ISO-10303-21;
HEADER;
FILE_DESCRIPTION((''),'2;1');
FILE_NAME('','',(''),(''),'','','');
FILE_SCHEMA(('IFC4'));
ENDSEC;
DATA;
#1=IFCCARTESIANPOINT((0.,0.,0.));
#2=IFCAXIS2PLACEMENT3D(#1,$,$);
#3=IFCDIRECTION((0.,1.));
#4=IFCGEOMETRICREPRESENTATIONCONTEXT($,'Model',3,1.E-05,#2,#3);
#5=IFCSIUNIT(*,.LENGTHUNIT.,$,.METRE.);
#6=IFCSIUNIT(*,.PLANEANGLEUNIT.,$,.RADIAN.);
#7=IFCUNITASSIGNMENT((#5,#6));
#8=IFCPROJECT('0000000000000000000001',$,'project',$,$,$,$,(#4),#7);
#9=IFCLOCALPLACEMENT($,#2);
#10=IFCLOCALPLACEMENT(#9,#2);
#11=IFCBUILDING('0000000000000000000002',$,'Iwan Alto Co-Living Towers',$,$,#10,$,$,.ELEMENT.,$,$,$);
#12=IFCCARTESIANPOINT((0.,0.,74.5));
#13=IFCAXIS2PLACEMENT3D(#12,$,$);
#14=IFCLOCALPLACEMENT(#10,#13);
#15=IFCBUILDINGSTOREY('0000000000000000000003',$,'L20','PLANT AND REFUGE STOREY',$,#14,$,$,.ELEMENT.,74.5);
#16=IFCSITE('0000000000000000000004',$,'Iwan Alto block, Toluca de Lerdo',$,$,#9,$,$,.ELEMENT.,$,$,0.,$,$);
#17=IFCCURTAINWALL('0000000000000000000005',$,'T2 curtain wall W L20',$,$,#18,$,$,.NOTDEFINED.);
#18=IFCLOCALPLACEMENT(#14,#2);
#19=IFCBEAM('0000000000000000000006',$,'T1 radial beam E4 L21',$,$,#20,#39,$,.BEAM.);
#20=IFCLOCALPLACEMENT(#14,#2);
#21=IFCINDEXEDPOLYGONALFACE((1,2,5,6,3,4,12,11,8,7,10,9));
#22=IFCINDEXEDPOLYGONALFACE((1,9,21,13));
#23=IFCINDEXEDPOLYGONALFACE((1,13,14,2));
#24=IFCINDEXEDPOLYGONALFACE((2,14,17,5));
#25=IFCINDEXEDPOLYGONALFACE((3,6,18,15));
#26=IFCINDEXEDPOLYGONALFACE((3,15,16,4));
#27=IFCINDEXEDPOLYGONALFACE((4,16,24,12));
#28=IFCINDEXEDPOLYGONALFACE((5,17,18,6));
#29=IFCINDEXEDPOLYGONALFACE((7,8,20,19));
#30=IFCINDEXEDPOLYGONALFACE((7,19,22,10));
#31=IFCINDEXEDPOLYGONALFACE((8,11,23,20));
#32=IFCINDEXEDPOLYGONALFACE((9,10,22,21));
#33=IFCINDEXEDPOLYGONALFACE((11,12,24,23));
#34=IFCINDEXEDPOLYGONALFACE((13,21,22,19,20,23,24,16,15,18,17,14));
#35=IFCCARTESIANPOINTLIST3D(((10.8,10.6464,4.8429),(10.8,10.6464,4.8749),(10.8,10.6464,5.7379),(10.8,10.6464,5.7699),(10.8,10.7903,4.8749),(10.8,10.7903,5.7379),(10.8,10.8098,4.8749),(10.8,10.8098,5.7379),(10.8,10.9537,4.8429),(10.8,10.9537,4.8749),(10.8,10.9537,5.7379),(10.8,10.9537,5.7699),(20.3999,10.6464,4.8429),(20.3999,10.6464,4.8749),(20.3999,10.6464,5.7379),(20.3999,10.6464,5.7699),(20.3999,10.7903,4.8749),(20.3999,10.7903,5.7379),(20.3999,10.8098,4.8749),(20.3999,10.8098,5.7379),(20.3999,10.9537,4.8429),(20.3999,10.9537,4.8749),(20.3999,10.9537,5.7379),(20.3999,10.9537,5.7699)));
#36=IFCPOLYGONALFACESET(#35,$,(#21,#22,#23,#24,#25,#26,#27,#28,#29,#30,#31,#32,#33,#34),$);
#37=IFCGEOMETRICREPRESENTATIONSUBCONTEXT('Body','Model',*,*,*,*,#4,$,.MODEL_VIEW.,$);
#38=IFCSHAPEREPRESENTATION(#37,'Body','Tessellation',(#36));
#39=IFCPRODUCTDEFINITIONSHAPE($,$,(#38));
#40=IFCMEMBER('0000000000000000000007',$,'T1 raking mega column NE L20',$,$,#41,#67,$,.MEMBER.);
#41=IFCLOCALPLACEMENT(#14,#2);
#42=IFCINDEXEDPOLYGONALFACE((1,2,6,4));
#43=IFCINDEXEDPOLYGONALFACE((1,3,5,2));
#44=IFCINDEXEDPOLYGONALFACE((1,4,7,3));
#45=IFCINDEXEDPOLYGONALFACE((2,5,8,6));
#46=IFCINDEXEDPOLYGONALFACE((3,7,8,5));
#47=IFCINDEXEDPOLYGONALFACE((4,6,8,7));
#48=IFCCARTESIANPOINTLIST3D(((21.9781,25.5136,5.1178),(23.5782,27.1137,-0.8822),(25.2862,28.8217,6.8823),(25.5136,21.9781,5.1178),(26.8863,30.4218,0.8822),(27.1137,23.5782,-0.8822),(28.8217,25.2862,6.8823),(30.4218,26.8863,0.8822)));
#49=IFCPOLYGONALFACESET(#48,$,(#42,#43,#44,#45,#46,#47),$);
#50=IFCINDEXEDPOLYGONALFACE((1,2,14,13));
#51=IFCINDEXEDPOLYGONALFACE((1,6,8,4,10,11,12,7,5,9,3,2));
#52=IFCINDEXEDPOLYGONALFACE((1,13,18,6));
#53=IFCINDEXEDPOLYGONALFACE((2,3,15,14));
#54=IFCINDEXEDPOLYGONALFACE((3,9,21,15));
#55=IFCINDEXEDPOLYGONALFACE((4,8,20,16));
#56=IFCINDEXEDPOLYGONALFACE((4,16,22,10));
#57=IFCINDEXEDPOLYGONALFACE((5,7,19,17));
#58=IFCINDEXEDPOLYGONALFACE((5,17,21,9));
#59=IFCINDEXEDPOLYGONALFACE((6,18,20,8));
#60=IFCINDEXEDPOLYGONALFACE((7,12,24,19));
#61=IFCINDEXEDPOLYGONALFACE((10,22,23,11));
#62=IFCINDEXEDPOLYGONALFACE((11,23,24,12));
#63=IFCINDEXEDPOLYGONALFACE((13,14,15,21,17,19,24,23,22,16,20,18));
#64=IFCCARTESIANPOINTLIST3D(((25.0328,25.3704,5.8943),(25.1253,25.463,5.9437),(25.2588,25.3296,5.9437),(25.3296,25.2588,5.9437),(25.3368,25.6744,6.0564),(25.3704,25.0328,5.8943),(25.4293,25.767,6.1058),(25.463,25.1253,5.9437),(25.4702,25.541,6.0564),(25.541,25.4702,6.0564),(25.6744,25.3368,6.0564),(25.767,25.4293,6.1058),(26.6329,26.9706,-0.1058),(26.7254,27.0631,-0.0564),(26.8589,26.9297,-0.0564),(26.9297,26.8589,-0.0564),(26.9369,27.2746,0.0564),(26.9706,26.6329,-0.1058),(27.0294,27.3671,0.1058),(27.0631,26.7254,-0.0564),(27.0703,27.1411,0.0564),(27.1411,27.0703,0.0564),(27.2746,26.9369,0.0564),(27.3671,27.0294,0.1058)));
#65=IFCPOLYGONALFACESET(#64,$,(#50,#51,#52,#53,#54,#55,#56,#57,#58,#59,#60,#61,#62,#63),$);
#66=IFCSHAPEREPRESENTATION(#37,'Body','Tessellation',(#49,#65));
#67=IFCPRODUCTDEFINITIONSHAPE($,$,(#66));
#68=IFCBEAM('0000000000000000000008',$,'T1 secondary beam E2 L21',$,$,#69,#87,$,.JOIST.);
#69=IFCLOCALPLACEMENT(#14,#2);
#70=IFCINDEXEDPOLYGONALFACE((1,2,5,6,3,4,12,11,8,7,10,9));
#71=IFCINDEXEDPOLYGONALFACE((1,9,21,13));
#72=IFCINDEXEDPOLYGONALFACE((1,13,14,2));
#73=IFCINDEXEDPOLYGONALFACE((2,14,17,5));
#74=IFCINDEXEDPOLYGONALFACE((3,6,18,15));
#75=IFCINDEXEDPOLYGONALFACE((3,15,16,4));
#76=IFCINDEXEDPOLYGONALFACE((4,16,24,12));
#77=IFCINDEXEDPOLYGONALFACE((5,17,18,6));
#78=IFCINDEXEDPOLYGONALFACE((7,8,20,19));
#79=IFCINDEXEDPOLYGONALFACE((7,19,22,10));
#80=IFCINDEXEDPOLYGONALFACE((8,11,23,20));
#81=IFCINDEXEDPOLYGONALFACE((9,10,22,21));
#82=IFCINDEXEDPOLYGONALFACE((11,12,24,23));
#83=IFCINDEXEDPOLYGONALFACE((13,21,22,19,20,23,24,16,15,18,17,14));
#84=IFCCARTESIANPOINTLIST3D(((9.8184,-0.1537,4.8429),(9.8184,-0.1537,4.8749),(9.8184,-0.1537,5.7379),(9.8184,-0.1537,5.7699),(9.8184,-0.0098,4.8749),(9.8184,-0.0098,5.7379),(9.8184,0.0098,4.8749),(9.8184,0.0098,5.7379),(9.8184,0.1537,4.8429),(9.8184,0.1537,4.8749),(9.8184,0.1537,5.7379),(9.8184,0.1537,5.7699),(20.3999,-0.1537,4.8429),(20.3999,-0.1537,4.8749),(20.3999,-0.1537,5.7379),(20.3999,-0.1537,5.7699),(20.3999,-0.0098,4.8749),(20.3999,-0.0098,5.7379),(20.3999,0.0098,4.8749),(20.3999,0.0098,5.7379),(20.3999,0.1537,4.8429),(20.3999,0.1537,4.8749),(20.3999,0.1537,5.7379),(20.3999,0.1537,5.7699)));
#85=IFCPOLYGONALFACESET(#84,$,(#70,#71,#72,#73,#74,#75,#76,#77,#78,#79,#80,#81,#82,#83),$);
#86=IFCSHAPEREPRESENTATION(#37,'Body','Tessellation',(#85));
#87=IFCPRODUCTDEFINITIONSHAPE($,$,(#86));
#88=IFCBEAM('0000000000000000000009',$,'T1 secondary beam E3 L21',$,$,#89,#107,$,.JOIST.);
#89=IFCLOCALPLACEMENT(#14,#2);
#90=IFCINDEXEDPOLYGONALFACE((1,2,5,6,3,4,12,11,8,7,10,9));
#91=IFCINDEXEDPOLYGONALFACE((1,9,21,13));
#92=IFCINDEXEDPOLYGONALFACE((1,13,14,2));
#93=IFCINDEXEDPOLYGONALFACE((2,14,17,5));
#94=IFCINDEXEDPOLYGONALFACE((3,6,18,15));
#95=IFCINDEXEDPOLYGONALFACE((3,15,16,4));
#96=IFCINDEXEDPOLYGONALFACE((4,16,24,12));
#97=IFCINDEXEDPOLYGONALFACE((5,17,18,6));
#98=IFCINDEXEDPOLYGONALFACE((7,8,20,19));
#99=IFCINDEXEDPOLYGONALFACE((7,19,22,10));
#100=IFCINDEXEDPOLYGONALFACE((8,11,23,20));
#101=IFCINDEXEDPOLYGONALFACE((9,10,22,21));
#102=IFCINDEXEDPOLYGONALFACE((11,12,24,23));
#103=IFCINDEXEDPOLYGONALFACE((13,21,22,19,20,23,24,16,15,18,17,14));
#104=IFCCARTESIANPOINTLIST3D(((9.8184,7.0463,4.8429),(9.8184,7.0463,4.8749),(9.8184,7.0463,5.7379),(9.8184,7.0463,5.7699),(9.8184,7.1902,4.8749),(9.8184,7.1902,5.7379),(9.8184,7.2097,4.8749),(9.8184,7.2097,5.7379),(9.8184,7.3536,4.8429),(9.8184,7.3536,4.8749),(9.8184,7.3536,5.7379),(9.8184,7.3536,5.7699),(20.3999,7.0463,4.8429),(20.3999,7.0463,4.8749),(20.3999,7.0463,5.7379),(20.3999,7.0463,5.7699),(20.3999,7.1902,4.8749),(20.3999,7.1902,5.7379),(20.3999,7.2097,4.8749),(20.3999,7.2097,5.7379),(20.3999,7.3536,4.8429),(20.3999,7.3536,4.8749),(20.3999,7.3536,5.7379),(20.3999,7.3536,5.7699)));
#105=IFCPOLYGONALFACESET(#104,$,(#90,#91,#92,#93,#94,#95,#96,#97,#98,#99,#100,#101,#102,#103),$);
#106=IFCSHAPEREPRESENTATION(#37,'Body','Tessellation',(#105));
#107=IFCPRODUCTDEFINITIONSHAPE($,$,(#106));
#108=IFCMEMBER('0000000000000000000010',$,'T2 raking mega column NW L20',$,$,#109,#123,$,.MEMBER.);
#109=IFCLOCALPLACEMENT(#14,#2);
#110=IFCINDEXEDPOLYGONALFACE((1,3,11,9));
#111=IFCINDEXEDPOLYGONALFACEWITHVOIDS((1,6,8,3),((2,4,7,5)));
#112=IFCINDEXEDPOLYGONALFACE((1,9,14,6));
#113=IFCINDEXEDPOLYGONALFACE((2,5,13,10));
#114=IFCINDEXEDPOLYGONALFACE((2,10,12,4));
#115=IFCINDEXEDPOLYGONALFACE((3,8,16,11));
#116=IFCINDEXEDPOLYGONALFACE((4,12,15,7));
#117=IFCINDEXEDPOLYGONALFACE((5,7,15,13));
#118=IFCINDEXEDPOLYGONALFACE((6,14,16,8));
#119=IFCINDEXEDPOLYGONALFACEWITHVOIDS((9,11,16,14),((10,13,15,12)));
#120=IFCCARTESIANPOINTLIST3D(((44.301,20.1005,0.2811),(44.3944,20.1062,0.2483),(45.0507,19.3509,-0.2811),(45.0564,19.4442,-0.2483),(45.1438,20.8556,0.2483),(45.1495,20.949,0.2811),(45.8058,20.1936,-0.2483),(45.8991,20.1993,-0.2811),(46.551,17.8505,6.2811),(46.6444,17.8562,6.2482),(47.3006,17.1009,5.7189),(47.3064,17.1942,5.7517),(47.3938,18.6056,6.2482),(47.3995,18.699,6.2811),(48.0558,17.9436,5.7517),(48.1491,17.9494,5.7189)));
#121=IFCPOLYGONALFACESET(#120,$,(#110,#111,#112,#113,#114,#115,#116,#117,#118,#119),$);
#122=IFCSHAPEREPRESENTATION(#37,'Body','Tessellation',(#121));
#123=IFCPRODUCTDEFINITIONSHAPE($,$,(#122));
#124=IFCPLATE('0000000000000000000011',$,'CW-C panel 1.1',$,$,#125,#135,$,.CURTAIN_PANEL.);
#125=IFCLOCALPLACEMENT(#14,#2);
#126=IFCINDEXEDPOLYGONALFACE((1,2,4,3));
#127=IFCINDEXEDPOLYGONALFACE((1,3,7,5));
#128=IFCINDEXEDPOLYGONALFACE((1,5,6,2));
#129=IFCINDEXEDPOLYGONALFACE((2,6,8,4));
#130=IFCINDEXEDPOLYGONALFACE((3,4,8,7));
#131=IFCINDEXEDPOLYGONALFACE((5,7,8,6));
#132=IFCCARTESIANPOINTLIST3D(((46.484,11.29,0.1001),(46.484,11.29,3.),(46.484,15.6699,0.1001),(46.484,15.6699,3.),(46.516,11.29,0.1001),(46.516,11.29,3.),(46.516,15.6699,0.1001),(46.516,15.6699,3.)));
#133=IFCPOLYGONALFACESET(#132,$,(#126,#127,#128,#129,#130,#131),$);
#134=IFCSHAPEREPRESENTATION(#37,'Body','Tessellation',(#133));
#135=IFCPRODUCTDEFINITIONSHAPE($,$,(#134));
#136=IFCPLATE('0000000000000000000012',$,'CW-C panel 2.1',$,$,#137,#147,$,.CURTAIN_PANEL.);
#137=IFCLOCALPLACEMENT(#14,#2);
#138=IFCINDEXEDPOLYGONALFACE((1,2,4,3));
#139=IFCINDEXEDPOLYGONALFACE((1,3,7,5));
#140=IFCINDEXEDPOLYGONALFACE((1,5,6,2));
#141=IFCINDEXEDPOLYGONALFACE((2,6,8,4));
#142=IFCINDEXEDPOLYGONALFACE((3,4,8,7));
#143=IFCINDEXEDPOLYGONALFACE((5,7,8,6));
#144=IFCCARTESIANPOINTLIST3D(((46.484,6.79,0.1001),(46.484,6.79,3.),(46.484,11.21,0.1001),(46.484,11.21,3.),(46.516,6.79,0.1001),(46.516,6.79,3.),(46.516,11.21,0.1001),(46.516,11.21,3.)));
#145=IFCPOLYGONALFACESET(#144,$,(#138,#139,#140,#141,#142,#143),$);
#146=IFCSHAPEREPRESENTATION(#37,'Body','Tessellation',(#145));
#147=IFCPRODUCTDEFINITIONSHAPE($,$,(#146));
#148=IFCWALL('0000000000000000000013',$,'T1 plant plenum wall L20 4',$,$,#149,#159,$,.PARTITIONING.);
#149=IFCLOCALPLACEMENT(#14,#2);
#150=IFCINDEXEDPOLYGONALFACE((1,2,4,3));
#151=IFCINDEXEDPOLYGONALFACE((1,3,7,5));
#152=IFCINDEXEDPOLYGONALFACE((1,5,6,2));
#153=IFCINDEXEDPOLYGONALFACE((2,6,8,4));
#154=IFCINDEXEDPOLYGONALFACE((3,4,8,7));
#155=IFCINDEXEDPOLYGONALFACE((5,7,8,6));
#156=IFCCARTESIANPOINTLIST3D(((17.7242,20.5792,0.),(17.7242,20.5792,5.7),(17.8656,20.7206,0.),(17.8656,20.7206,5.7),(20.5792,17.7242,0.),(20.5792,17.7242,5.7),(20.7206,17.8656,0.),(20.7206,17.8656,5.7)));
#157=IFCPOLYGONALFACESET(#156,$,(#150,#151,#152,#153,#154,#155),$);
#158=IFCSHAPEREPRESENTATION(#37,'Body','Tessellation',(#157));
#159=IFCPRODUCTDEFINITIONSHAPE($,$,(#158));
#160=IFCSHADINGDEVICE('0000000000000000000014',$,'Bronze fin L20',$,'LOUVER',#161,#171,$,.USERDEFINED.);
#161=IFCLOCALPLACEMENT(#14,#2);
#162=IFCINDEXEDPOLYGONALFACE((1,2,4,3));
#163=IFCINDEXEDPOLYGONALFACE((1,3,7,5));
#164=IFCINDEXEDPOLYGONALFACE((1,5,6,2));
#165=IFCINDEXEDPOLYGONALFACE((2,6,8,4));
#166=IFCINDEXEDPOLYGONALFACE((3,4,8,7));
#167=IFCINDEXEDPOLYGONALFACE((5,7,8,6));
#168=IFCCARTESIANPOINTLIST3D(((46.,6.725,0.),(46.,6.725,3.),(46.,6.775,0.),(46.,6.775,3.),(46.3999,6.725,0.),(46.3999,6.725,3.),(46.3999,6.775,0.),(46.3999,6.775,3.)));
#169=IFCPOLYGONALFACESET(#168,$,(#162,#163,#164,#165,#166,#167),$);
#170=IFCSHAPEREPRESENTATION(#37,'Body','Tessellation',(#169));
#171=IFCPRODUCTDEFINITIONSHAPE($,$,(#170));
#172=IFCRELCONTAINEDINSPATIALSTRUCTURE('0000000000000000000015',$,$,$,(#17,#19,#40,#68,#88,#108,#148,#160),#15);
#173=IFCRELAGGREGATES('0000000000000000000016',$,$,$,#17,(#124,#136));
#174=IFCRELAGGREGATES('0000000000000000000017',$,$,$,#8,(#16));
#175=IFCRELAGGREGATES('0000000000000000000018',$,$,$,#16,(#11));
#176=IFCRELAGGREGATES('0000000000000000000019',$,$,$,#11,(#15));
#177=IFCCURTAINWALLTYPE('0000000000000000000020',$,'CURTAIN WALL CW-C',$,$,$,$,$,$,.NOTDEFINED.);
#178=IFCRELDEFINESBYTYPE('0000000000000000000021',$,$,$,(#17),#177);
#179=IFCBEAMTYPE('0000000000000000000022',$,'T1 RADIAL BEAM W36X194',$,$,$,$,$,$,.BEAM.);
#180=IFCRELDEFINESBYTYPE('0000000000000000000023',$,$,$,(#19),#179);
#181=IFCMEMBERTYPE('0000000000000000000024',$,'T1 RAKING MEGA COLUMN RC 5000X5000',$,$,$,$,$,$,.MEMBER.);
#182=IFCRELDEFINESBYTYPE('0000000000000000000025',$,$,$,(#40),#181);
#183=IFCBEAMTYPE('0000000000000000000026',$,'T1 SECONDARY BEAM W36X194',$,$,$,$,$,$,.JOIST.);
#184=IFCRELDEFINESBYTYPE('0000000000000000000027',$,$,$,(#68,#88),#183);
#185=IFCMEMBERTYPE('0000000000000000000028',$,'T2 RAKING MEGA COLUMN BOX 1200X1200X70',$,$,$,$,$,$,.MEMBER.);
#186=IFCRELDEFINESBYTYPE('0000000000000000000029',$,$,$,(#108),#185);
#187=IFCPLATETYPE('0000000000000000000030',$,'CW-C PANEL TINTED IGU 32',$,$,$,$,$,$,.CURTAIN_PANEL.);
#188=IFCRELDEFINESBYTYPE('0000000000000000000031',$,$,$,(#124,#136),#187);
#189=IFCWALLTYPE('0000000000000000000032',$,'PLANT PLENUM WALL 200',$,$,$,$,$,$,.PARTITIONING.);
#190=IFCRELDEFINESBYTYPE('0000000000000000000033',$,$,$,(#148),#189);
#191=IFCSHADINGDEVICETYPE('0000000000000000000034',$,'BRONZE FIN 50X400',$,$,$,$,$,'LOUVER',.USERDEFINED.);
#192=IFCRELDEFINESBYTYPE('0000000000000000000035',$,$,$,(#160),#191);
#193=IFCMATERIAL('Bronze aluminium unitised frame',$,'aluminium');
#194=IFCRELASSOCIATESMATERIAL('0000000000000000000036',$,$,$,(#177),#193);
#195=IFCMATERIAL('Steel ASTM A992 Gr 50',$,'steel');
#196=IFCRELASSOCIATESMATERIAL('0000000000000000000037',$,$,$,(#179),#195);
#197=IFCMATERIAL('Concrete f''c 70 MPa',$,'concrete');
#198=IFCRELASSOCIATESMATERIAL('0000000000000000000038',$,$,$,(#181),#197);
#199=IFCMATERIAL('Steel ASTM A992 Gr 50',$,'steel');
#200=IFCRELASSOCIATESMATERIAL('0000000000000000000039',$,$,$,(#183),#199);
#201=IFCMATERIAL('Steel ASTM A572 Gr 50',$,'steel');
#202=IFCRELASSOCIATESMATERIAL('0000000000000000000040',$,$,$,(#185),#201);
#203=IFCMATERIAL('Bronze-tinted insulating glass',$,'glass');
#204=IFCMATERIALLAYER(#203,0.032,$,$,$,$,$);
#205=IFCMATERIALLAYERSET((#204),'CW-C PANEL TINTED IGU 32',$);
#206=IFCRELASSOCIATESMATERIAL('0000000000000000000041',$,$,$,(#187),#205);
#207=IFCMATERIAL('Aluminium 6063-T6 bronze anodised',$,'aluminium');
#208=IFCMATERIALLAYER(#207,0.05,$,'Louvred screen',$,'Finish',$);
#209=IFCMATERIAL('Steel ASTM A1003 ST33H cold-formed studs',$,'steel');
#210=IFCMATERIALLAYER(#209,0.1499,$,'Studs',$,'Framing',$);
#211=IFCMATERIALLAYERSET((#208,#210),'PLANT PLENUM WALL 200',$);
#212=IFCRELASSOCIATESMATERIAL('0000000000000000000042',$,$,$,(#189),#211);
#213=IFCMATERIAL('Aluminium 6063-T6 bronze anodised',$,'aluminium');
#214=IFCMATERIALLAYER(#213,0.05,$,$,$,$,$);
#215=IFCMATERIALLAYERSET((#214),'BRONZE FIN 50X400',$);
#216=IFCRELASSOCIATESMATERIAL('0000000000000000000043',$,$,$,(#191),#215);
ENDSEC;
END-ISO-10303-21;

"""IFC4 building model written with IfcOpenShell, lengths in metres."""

from ifc_helpers import new_model, si_unit, direction, frame, frame_2d, origin, origin_2d, place, context, subcontext, project, spatial, rectangle, hollow_rectangle, i_section, extrude, material, layer, layer_set, material_profile, profile_set, type_object, element, aggregate, save


model = new_model("IFC4")

# Units and contexts
model_context = context("Model", 3, precision=1e-05, world=origin(), true_north=direction((0.0, 1.0)))
body_context = subcontext(model_context, "Body", "Model", "MODEL_VIEW")
ifc_project = project(units=[si_unit("LENGTHUNIT", "METRE"), si_unit("PLANEANGLEUNIT", "RADIAN")], contexts=[model_context])

# Site, building, storey
site_placement = place(None, origin())
site = spatial("IfcSite", under=ifc_project, at=site_placement, Name="Iwan Alto block, Toluca de Lerdo", CompositionType="ELEMENT", RefElevation=0.0)
building_placement = place(site_placement, origin())
building = spatial("IfcBuilding", under=site, at=building_placement, Name="Iwan Alto Co-Living Towers", CompositionType="ELEMENT")
storey_placement = place(building_placement, frame((0.0, 0.0, 74.5)))
storey = spatial("IfcBuildingStorey", under=building, at=storey_placement, Name="L20", Description="PLANT AND REFUGE STOREY", CompositionType="ELEMENT", Elevation=74.5)

# Curtain wall
ifc_material_1 = material(Name="Bronze aluminium unitised frame", Category="aluminium")
curtain_wall_type = type_object("IfcCurtainWallType", Name="CURTAIN WALL CW-C", PredefinedType="NOTDEFINED", material=ifc_material_1)
curtain_wall_placement = place(storey_placement, origin())
curtain_wall = element("IfcCurtainWall", 1, at=curtain_wall_placement, inside=storey, type_object=curtain_wall_type, Name="T2 curtain wall W L20", PredefinedType="NOTDEFINED")

# Beam
ifc_material_2 = material(Name="Steel ASTM A992 Gr 50", Category="steel")
ifc_material_profile_1 = material_profile(ifc_material_2, i_section(OverallWidth=0.3074, OverallDepth=0.927, WebThickness=0.0195, FlangeThickness=0.032, at=origin_2d()), Name="W36X194")
ifc_profile_set_1 = profile_set([ifc_material_profile_1], Name="Steel ASTM A992 Gr 50")
beam_type_1 = type_object("IfcBeamType", Name="T1 RADIAL BEAM W36X194", PredefinedType="BEAM", material=ifc_profile_set_1)
beam_1_placement = place(storey_placement, frame((20.3999, 10.8, 5.3064), z_axis=(-1.0, 0.0, 0.0), x_axis=(0.0, -1.0, 0.0)))
element("IfcBeam", 2, at=beam_1_placement, inside=storey, type_object=beam_type_1, Name="T1 radial beam E4 L21", PredefinedType="BEAM", context=body_context, shape_type="SweptSolid", body=[
    extrude(i_section(OverallWidth=0.3074, OverallDepth=0.927, WebThickness=0.0195, FlangeThickness=0.032, at=origin_2d()), origin(), (0.0, 0.0, 1.0), 9.5999),
])

# Member
ifc_material_3 = material(Name="Concrete f'c 70 MPa", Category="concrete")
ifc_material_profile_2 = material_profile(ifc_material_3, rectangle(XDim=5.0, YDim=5.0, at=origin_2d()), Name="RC 5000X5000")
ifc_profile_set_2 = profile_set([ifc_material_profile_2], Name="Concrete f'c 70 MPa")
member_type_1 = type_object("IfcMemberType", Name="T1 RAKING MEGA COLUMN RC 5000X5000", PredefinedType="MEMBER", material=ifc_profile_set_2)
member_1_placement = place(storey_placement, frame((27.0, 27.0, 0.0), z_axis=(-0.249526, -0.249526, 0.935667), x_axis=(0.707107, -0.707107, 0.0)))
element("IfcMember", 3, at=member_1_placement, inside=storey, type_object=member_type_1, Name="T1 raking mega column NE L20", PredefinedType="MEMBER", context=body_context, shape_type="SweptSolid", body=[
    extrude(rectangle(XDim=5.0, YDim=5.0, at=origin_2d()), origin(), (0.0, 0.0, 1.0), 6.4126),
    extrude(i_section(OverallWidth=0.4775, OverallDepth=0.5994, WebThickness=0.1001, FlangeThickness=0.1399, at=origin_2d()), origin(), (0.0, 0.0, 1.0), 6.4126),
])

# Beams
ifc_material_4 = material(Name="Steel ASTM A992 Gr 50", Category="steel")
ifc_material_profile_3 = material_profile(ifc_material_4, i_section(OverallWidth=0.3074, OverallDepth=0.927, WebThickness=0.0195, FlangeThickness=0.032, at=origin_2d()), Name="W36X194")
ifc_profile_set_3 = profile_set([ifc_material_profile_3], Name="Steel ASTM A992 Gr 50")
beam_type_2 = type_object("IfcBeamType", Name="T1 SECONDARY BEAM W36X194", PredefinedType="JOIST", material=ifc_profile_set_3)
for number, where, z_axis, x_axis, name in (
    (4, (20.3999, 0.0, 5.3064), (-1.0, 0.0, 0.0), (0.0, -1.0, 0.0), "T1 secondary beam E2 L21"),
    (5, (20.3999, 7.2, 5.3064), (-1.0, 0.0, 0.0), (0.0, -1.0, 0.0), "T1 secondary beam E3 L21"),
):
    element("IfcBeam", number, at=place(storey_placement, frame(where, z_axis=z_axis, x_axis=x_axis)), inside=storey, type_object=beam_type_2, Name=name, PredefinedType="JOIST", context=body_context, shape_type="SweptSolid", body=[
        extrude(i_section(OverallWidth=0.3074, OverallDepth=0.927, WebThickness=0.0195, FlangeThickness=0.032, at=origin_2d()), origin(), (0.0, 0.0, 1.0), 10.5815),
    ])

# Member
ifc_material_5 = material(Name="Steel ASTM A572 Gr 50", Category="steel")
ifc_material_profile_4 = material_profile(ifc_material_5, hollow_rectangle(XDim=1.2, YDim=1.2, WallThickness=0.0701, at=origin_2d()), Name="BOX 1200X1200X70")
ifc_profile_set_4 = profile_set([ifc_material_profile_4], Name="Steel ASTM A572 Gr 50")
member_type_2 = type_object("IfcMemberType", Name="T2 RAKING MEGA COLUMN BOX 1200X1200X70", PredefinedType="MEMBER", material=ifc_profile_set_4)
member_2_placement = place(storey_placement, frame((45.1001, 20.1499, 0.0), z_axis=(0.331295, -0.331295, 0.883452), x_axis=(0.707107, 0.707107, 0.0)))
element("IfcMember", 6, at=member_2_placement, inside=storey, type_object=member_type_2, Name="T2 raking mega column NW L20", PredefinedType="MEMBER", context=body_context, shape_type="SweptSolid", body=[
    extrude(hollow_rectangle(XDim=1.2, YDim=1.2, WallThickness=0.0701, at=origin_2d()), origin(), (0.0, 0.0, 1.0), 6.7915),
])

# Plates
ifc_material_6 = material(Name="Bronze-tinted insulating glass", Category="glass")
ifc_layer_1 = layer(ifc_material_6, 0.032)
ifc_layer_set_1 = layer_set([ifc_layer_1], Name="CW-C PANEL TINTED IGU 32")
plate_type = type_object("IfcPlateType", Name="CW-C PANEL TINTED IGU 32", PredefinedType="CURTAIN_PANEL", material=ifc_layer_set_1)
plate_1_placement = place(storey_placement, frame((46.5, 13.48, 0.1001), z_axis=(0.0, 0.0, 1.0), x_axis=(0.0, -1.0, 0.0)))
plate_1 = element("IfcPlate", 7, at=plate_1_placement, type_object=plate_type, Name="CW-C panel 1.1", PredefinedType="CURTAIN_PANEL", context=body_context, shape_type="SweptSolid", body=[
    extrude(rectangle(XDim=4.3799, YDim=0.032, at=origin_2d()), origin(), (0.0, 0.0, 1.0), 2.8999),
])
plate_2_placement = place(storey_placement, frame((46.5, 9.0, 0.1001), z_axis=(0.0, 0.0, 1.0), x_axis=(0.0, -1.0, 0.0)))
plate_2 = element("IfcPlate", 8, at=plate_2_placement, type_object=plate_type, Name="CW-C panel 2.1", PredefinedType="CURTAIN_PANEL", context=body_context, shape_type="SweptSolid", body=[
    extrude(rectangle(XDim=4.4199, YDim=0.032, at=origin_2d()), origin(), (0.0, 0.0, 1.0), 2.8999),
])
aggregate(curtain_wall, [plate_1, plate_2])

# Wall
ifc_material_7 = material(Name="Aluminium 6063-T6 bronze anodised", Category="aluminium")
ifc_layer_2 = layer(ifc_material_7, 0.05, Name="Louvred screen", Category="Finish")
ifc_material_8 = material(Name="Steel ASTM A1003 ST33H cold-formed studs", Category="steel")
ifc_layer_3 = layer(ifc_material_8, 0.1499, Name="Studs", Category="Framing")
ifc_layer_set_2 = layer_set([ifc_layer_2, ifc_layer_3], Name="PLANT PLENUM WALL 200")
wall_type = type_object("IfcWallType", Name="PLANT PLENUM WALL 200", PredefinedType="PARTITIONING", material=ifc_layer_set_2)
wall_placement = place(storey_placement, frame((20.6499, 17.7949, 0.0), z_axis=(0.0, 0.0, 1.0), x_axis=(-0.707107, 0.707107, 0.0)))
element("IfcWall", 9, at=wall_placement, inside=storey, type_object=wall_type, Name="T1 plant plenum wall L20 4", PredefinedType="PARTITIONING", context=body_context, shape_type="SweptSolid", body=[
    extrude(rectangle(XDim=4.0376, YDim=0.2, at=frame_2d((2.0188, 0.0))), origin(), (0.0, 0.0, 1.0), 5.7),
])

# Shading device
ifc_material_9 = material(Name="Aluminium 6063-T6 bronze anodised", Category="aluminium")
ifc_layer_4 = layer(ifc_material_9, 0.05)
ifc_layer_set_3 = layer_set([ifc_layer_4], Name="BRONZE FIN 50X400")
shading_device_type_1 = type_object("IfcShadingDeviceType", Name="BRONZE FIN 50X400", ElementType="LOUVER", PredefinedType="USERDEFINED", material=ifc_layer_set_3)
shading_device_1_placement = place(storey_placement, frame((46.2, 6.75, 0.0), z_axis=(0.0, 0.0, 1.0), x_axis=(0.0, -1.0, 0.0)))
element("IfcShadingDevice", 10, at=shading_device_1_placement, inside=storey, type_object=shading_device_type_1, Name="Bronze fin L20", ObjectType="LOUVER", PredefinedType="USERDEFINED", context=body_context, shape_type="SweptSolid", body=[
    extrude(rectangle(XDim=0.05, YDim=0.3999, at=origin_2d()), origin(), (0.0, 0.0, 1.0), 3.0),
])

save(model, "model.ifc")
